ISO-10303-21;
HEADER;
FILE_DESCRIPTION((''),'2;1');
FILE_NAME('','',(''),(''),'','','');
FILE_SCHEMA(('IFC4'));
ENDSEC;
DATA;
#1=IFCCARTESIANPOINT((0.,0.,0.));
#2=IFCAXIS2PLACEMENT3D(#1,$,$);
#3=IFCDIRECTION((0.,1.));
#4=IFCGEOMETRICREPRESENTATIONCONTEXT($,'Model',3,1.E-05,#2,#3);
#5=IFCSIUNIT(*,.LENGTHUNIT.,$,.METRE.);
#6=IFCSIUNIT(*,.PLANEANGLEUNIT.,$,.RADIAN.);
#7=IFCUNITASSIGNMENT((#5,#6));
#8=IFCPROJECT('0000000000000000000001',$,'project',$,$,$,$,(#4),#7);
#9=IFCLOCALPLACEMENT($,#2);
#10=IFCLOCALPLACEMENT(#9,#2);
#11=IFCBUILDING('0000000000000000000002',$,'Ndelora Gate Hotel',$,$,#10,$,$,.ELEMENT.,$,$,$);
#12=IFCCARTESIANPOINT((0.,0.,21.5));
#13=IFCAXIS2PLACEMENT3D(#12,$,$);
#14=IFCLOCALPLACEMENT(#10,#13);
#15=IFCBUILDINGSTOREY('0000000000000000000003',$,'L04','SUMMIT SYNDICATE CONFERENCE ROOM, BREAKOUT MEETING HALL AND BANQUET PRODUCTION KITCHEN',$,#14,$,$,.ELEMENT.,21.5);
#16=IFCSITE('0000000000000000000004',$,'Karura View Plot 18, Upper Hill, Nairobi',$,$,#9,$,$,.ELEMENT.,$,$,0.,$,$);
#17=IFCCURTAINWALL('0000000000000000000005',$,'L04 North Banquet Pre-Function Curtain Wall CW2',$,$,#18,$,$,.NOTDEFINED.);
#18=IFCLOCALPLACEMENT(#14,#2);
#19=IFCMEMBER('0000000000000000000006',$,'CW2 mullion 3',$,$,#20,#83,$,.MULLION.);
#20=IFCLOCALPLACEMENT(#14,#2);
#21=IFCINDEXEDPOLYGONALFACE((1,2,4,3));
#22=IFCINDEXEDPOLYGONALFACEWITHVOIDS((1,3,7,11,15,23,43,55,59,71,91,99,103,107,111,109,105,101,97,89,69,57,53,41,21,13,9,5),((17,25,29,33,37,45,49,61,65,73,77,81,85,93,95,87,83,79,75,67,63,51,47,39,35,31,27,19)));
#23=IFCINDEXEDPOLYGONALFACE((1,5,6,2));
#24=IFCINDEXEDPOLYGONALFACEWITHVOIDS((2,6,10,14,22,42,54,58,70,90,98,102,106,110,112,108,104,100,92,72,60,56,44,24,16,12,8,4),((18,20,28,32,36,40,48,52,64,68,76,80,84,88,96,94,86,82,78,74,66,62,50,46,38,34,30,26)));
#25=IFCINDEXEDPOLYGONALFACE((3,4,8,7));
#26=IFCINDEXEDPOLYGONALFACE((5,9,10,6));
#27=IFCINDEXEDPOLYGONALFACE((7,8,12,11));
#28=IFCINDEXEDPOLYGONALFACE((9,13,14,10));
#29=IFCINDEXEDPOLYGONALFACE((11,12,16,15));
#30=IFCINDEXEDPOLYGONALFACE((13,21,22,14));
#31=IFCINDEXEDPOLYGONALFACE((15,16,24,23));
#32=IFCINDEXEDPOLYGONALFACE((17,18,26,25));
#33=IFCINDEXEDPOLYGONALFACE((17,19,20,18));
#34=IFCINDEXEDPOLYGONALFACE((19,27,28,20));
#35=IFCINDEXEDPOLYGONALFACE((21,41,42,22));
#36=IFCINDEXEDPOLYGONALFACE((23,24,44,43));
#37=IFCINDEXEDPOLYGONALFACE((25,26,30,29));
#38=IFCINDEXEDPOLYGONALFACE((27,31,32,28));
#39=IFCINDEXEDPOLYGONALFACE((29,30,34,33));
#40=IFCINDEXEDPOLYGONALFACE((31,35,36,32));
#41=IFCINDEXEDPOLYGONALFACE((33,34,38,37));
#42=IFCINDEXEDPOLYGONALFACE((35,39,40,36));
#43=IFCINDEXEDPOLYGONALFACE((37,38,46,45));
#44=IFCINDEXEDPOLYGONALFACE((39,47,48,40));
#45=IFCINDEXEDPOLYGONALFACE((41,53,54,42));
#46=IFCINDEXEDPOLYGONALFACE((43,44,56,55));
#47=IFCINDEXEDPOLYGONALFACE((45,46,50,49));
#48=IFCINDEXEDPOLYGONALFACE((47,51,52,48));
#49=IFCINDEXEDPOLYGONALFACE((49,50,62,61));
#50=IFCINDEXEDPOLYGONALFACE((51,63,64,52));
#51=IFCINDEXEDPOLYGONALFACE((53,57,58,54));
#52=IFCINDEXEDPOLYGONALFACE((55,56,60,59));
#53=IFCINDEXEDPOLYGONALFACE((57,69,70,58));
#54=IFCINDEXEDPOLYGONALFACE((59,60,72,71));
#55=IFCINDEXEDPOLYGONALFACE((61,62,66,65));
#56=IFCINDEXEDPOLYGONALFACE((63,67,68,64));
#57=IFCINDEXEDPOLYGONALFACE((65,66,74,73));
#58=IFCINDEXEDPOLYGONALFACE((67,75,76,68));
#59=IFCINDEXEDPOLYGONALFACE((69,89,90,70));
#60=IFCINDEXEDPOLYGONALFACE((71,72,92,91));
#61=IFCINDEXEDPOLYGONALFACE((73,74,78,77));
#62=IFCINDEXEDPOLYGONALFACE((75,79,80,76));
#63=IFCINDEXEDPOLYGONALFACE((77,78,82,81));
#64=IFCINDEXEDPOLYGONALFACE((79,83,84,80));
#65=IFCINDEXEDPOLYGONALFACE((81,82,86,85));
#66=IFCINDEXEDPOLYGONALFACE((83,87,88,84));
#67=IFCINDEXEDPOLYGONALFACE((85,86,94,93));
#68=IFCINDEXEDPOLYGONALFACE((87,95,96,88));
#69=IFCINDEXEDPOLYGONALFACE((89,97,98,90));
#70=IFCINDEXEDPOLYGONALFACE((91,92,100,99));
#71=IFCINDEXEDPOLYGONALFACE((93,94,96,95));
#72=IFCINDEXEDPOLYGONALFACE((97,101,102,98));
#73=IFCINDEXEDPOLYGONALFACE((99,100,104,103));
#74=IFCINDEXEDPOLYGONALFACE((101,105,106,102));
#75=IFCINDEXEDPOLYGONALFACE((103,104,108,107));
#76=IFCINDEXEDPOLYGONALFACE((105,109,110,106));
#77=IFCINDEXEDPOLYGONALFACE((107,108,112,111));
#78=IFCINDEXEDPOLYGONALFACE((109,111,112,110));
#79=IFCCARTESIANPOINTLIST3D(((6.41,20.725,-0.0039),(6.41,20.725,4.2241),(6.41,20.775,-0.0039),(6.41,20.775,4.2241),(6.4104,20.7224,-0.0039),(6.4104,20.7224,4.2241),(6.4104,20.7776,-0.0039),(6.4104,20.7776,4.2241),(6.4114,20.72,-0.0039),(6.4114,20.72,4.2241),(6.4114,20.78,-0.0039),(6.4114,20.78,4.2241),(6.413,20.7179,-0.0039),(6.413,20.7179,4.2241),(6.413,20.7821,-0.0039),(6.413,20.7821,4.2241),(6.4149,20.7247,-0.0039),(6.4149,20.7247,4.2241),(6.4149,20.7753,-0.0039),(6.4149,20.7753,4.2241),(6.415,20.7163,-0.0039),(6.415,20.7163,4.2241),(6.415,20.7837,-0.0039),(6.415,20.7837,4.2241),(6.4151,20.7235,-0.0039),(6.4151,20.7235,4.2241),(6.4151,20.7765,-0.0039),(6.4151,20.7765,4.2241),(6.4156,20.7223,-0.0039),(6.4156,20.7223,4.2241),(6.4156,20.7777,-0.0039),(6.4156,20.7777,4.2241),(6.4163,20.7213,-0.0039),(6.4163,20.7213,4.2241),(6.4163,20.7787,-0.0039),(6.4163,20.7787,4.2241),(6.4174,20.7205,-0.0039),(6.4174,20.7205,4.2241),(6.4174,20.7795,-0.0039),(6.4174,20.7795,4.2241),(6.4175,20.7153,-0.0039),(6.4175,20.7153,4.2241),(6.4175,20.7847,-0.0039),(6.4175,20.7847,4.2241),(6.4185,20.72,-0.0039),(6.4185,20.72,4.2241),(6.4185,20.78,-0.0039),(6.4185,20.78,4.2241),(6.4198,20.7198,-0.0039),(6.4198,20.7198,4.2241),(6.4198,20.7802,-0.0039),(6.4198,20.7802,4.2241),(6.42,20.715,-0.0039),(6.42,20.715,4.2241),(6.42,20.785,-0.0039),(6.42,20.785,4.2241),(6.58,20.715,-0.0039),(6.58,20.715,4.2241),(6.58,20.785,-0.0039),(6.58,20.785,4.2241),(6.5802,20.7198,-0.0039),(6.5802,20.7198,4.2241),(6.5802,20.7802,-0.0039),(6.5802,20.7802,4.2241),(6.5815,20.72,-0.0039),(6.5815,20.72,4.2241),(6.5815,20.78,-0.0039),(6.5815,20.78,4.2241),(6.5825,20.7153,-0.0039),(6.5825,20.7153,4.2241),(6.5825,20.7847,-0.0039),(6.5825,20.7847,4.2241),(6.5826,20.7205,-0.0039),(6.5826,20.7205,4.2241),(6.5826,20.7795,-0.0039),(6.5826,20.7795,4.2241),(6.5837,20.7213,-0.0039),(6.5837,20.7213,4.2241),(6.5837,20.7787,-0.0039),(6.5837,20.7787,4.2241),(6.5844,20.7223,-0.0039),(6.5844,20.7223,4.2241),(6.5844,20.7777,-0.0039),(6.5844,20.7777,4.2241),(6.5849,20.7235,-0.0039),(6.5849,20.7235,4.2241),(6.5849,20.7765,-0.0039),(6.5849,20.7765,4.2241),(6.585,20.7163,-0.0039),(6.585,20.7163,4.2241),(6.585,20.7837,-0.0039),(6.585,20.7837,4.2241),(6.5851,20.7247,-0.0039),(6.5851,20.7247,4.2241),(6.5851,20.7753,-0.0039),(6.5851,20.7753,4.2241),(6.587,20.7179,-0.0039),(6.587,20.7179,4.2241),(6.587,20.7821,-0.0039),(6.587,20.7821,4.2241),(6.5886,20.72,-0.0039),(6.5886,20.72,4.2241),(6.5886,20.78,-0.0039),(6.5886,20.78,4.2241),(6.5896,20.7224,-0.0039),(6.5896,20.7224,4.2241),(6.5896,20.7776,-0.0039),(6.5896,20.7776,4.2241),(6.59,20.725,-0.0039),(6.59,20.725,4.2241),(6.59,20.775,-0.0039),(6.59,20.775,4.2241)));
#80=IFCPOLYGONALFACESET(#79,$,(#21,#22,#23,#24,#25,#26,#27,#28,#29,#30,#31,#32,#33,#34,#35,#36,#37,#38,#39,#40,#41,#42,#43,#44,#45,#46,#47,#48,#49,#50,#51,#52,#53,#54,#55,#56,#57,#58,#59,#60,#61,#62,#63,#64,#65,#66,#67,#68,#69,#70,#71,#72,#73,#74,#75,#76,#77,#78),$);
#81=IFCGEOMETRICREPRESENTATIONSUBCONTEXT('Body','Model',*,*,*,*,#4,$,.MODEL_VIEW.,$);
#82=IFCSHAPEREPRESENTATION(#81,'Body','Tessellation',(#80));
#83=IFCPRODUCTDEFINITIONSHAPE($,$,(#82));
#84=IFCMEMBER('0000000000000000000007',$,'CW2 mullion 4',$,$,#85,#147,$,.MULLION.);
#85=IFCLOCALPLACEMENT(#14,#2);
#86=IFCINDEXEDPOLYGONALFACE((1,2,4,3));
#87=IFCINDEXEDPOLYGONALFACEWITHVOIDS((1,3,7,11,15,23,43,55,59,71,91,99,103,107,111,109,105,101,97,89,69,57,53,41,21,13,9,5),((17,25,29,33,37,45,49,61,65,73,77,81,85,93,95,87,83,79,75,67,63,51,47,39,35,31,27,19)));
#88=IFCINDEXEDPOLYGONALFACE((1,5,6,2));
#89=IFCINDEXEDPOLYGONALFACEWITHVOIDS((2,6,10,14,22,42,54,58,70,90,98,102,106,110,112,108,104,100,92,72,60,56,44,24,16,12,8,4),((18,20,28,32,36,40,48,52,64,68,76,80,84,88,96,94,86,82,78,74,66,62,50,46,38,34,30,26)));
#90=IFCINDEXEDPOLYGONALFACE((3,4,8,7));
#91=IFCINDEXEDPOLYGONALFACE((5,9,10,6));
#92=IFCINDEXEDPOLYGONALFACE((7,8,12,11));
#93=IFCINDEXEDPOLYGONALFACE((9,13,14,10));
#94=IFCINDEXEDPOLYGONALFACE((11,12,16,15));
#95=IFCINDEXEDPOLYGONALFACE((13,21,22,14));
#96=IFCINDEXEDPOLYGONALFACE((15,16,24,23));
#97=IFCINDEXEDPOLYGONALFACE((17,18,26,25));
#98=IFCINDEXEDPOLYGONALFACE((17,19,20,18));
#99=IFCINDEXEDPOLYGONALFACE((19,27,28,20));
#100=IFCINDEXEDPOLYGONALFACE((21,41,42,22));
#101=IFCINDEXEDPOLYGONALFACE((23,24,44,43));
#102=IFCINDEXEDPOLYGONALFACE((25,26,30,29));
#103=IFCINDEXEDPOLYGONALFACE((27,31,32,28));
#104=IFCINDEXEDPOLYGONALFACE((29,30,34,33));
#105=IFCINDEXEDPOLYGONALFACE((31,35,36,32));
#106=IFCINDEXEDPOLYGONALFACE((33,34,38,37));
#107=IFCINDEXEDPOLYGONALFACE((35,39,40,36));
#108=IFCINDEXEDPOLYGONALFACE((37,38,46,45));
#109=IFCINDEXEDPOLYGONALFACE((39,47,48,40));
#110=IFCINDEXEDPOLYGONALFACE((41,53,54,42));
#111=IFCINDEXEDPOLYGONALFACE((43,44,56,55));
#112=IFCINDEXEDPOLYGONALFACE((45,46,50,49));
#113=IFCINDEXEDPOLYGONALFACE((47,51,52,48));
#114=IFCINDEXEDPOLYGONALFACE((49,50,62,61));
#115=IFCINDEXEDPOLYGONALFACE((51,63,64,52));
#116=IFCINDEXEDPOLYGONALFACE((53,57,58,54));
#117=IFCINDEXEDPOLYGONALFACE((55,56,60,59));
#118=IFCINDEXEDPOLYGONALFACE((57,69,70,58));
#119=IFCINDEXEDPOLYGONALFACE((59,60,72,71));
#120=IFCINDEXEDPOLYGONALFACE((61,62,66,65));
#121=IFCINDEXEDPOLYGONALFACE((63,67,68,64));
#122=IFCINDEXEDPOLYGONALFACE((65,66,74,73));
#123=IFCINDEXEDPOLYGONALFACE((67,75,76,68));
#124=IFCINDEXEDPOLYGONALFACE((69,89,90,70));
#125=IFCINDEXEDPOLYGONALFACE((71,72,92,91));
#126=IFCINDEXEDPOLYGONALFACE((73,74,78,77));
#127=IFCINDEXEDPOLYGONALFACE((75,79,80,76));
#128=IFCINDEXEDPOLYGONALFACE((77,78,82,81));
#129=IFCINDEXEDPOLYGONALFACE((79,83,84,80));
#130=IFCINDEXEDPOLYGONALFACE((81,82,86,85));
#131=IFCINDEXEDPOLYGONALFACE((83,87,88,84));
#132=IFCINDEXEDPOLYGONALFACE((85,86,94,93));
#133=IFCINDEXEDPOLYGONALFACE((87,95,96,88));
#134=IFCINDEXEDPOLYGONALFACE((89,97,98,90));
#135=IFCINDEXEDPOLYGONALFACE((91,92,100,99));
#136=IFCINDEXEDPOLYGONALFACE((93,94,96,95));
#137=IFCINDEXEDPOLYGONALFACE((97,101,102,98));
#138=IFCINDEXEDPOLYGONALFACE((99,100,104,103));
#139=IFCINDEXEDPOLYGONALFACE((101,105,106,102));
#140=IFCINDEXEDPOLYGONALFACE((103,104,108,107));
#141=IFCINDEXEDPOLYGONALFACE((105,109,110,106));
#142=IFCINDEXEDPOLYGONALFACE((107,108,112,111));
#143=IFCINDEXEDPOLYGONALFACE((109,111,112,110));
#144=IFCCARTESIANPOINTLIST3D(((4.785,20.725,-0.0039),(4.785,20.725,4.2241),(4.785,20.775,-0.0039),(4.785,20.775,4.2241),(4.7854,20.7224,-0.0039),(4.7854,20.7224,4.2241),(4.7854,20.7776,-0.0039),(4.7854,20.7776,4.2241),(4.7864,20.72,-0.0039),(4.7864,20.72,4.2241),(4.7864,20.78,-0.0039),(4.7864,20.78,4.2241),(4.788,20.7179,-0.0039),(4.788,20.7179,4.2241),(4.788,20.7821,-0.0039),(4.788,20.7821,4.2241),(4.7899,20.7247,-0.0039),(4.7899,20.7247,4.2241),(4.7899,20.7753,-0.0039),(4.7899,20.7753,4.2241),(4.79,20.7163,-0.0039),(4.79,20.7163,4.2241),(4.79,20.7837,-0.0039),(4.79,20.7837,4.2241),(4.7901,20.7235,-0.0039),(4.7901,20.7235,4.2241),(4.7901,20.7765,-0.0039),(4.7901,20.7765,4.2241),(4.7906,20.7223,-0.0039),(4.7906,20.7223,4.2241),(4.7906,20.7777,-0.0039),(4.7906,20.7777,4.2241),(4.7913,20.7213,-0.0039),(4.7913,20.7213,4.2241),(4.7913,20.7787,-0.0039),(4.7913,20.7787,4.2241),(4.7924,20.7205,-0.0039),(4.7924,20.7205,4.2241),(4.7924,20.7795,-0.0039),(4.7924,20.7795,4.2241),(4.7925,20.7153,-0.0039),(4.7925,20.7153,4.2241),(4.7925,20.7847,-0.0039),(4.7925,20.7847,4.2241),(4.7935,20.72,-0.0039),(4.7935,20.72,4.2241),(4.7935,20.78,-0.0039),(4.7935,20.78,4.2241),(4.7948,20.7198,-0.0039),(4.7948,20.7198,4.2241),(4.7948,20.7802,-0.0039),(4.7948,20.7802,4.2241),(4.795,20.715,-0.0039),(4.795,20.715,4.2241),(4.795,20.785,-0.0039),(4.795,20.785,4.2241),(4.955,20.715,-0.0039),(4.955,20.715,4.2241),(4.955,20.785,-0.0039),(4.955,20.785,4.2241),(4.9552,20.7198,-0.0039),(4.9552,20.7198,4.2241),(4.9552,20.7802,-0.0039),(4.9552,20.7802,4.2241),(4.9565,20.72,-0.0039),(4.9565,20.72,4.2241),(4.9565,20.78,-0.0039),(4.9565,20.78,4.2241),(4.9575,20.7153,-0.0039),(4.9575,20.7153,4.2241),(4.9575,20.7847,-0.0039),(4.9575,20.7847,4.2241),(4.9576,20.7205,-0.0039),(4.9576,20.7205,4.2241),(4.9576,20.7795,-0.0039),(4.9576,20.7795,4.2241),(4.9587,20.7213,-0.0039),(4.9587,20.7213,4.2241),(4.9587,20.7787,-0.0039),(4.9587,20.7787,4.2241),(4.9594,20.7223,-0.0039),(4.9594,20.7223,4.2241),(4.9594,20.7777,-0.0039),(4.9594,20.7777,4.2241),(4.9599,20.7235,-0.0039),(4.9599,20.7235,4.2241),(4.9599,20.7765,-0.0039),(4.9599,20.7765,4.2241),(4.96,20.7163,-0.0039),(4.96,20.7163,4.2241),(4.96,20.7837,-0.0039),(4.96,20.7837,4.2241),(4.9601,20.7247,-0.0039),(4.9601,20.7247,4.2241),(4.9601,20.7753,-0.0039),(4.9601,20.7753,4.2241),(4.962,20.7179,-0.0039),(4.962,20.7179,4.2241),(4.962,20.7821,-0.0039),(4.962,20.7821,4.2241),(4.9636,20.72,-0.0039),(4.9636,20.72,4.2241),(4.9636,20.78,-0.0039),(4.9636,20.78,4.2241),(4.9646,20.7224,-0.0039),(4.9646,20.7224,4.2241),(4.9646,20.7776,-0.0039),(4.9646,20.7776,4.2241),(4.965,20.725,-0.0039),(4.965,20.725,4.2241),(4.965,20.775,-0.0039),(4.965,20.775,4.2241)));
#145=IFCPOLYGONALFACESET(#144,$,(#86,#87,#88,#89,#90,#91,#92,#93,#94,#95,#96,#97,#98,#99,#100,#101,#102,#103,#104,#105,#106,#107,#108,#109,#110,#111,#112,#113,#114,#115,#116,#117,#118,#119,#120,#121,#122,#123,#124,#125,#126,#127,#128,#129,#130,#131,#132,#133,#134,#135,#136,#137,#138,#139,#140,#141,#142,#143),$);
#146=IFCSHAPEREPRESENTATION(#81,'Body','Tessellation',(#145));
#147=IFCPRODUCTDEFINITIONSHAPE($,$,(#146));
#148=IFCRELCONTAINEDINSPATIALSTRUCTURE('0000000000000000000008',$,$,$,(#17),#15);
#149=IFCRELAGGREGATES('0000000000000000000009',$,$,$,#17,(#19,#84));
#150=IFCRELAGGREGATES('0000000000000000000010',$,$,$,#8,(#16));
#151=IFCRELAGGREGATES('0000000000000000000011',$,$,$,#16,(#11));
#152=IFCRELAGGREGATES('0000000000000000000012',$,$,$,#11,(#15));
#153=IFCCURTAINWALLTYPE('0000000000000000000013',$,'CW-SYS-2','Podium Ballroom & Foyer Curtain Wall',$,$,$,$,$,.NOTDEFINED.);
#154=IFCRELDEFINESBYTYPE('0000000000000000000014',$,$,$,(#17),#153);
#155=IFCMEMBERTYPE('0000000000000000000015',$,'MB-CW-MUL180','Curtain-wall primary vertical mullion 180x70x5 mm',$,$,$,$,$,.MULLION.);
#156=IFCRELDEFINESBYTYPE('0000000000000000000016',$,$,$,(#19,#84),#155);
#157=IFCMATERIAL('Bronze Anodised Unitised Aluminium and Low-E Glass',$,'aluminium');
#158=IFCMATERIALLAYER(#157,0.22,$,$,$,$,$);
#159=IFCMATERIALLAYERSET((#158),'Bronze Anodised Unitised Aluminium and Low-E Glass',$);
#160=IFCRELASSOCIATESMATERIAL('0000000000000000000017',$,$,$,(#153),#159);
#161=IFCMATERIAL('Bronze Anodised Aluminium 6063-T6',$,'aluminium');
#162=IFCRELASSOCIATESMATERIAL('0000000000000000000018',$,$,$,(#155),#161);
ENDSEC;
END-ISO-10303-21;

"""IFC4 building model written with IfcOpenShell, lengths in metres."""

from ifc_helpers import new_model, si_unit, direction, frame, origin, origin_2d, place, context, subcontext, project, spatial, hollow_rectangle, extrude, material, layer, layer_set, material_profile, profile_set, type_object, element, aggregate, save


model = new_model("IFC4")

# Units and contexts
model_context = context("Model", 3, precision=1e-05, world=origin(), true_north=direction((0.0, 1.0)))
body_context = subcontext(model_context, "Body", "Model", "MODEL_VIEW")
ifc_project = project(units=[si_unit("LENGTHUNIT", "METRE"), si_unit("PLANEANGLEUNIT", "RADIAN")], contexts=[model_context])

# Site, building, storey
site_placement = place(None, origin())
site = spatial("IfcSite", under=ifc_project, at=site_placement, Name="Karura View Plot 18, Upper Hill, Nairobi", CompositionType="ELEMENT", RefElevation=0.0)
building_placement = place(site_placement, origin())
building = spatial("IfcBuilding", under=site, at=building_placement, Name="Ndelora Gate Hotel", CompositionType="ELEMENT")
storey_placement = place(building_placement, frame((0.0, 0.0, 21.5)))
storey = spatial("IfcBuildingStorey", under=building, at=storey_placement, Name="L04", Description="SUMMIT SYNDICATE CONFERENCE ROOM, BREAKOUT MEETING HALL AND BANQUET PRODUCTION KITCHEN", CompositionType="ELEMENT", Elevation=21.5)

# Curtain wall, members
ifc_material_1 = material(Name="Bronze Anodised Unitised Aluminium and Low-E Glass", Category="aluminium")
ifc_layer_1 = layer(ifc_material_1, 0.22)
ifc_layer_set_1 = layer_set([ifc_layer_1], Name="Bronze Anodised Unitised Aluminium and Low-E Glass")
curtain_wall_type = type_object("IfcCurtainWallType", Name="CW-SYS-2", Description="Podium Ballroom & Foyer Curtain Wall", PredefinedType="NOTDEFINED", material=ifc_layer_set_1)
curtain_wall_placement = place(storey_placement, origin())
curtain_wall = element("IfcCurtainWall", 1, at=curtain_wall_placement, inside=storey, type_object=curtain_wall_type, Name="L04 North Banquet Pre-Function Curtain Wall CW2", PredefinedType="NOTDEFINED")
ifc_material_2 = material(Name="Bronze Anodised Aluminium 6063-T6", Category="aluminium")
ifc_material_profile_1 = material_profile(ifc_material_2, hollow_rectangle(XDim=0.0701, YDim=0.1799, WallThickness=0.0049, InnerFilletRadius=0.0049, OuterFilletRadius=0.01, at=origin_2d()), Name="ALU 180x70x5")
ifc_profile_set_1 = profile_set([ifc_material_profile_1], Name="Bronze Anodised Aluminium 6063-T6")
member_type_1 = type_object("IfcMemberType", Name="MB-CW-MUL180", Description="Curtain-wall primary vertical mullion 180x70x5 mm", PredefinedType="MULLION", material=ifc_profile_set_1)
member_1_placement = place(storey_placement, frame((6.5, 20.75, -0.0039), z_axis=(0.0, 0.0, 1.0), x_axis=(0.0, -1.0, 0.0)))
member_1 = element("IfcMember", 2, at=member_1_placement, type_object=member_type_1, Name="CW2 mullion 3", PredefinedType="MULLION", context=body_context, shape_type="SweptSolid", body=[
    extrude(hollow_rectangle(XDim=0.0701, YDim=0.1799, WallThickness=0.0049, InnerFilletRadius=0.0049, OuterFilletRadius=0.01, at=origin_2d()), origin(), (0.0, 0.0, 1.0), 4.228),
])
member_2_placement = place(storey_placement, frame((4.875, 20.75, -0.0039), z_axis=(0.0, 0.0, 1.0), x_axis=(0.0, -1.0, 0.0)))
member_2 = element("IfcMember", 3, at=member_2_placement, type_object=member_type_1, Name="CW2 mullion 4", PredefinedType="MULLION", context=body_context, shape_type="SweptSolid", body=[
    extrude(hollow_rectangle(XDim=0.0701, YDim=0.1799, WallThickness=0.0049, InnerFilletRadius=0.0049, OuterFilletRadius=0.01, at=origin_2d()), origin(), (0.0, 0.0, 1.0), 4.228),
])
aggregate(curtain_wall, [member_1, member_2])

save(model, "model.ifc")
